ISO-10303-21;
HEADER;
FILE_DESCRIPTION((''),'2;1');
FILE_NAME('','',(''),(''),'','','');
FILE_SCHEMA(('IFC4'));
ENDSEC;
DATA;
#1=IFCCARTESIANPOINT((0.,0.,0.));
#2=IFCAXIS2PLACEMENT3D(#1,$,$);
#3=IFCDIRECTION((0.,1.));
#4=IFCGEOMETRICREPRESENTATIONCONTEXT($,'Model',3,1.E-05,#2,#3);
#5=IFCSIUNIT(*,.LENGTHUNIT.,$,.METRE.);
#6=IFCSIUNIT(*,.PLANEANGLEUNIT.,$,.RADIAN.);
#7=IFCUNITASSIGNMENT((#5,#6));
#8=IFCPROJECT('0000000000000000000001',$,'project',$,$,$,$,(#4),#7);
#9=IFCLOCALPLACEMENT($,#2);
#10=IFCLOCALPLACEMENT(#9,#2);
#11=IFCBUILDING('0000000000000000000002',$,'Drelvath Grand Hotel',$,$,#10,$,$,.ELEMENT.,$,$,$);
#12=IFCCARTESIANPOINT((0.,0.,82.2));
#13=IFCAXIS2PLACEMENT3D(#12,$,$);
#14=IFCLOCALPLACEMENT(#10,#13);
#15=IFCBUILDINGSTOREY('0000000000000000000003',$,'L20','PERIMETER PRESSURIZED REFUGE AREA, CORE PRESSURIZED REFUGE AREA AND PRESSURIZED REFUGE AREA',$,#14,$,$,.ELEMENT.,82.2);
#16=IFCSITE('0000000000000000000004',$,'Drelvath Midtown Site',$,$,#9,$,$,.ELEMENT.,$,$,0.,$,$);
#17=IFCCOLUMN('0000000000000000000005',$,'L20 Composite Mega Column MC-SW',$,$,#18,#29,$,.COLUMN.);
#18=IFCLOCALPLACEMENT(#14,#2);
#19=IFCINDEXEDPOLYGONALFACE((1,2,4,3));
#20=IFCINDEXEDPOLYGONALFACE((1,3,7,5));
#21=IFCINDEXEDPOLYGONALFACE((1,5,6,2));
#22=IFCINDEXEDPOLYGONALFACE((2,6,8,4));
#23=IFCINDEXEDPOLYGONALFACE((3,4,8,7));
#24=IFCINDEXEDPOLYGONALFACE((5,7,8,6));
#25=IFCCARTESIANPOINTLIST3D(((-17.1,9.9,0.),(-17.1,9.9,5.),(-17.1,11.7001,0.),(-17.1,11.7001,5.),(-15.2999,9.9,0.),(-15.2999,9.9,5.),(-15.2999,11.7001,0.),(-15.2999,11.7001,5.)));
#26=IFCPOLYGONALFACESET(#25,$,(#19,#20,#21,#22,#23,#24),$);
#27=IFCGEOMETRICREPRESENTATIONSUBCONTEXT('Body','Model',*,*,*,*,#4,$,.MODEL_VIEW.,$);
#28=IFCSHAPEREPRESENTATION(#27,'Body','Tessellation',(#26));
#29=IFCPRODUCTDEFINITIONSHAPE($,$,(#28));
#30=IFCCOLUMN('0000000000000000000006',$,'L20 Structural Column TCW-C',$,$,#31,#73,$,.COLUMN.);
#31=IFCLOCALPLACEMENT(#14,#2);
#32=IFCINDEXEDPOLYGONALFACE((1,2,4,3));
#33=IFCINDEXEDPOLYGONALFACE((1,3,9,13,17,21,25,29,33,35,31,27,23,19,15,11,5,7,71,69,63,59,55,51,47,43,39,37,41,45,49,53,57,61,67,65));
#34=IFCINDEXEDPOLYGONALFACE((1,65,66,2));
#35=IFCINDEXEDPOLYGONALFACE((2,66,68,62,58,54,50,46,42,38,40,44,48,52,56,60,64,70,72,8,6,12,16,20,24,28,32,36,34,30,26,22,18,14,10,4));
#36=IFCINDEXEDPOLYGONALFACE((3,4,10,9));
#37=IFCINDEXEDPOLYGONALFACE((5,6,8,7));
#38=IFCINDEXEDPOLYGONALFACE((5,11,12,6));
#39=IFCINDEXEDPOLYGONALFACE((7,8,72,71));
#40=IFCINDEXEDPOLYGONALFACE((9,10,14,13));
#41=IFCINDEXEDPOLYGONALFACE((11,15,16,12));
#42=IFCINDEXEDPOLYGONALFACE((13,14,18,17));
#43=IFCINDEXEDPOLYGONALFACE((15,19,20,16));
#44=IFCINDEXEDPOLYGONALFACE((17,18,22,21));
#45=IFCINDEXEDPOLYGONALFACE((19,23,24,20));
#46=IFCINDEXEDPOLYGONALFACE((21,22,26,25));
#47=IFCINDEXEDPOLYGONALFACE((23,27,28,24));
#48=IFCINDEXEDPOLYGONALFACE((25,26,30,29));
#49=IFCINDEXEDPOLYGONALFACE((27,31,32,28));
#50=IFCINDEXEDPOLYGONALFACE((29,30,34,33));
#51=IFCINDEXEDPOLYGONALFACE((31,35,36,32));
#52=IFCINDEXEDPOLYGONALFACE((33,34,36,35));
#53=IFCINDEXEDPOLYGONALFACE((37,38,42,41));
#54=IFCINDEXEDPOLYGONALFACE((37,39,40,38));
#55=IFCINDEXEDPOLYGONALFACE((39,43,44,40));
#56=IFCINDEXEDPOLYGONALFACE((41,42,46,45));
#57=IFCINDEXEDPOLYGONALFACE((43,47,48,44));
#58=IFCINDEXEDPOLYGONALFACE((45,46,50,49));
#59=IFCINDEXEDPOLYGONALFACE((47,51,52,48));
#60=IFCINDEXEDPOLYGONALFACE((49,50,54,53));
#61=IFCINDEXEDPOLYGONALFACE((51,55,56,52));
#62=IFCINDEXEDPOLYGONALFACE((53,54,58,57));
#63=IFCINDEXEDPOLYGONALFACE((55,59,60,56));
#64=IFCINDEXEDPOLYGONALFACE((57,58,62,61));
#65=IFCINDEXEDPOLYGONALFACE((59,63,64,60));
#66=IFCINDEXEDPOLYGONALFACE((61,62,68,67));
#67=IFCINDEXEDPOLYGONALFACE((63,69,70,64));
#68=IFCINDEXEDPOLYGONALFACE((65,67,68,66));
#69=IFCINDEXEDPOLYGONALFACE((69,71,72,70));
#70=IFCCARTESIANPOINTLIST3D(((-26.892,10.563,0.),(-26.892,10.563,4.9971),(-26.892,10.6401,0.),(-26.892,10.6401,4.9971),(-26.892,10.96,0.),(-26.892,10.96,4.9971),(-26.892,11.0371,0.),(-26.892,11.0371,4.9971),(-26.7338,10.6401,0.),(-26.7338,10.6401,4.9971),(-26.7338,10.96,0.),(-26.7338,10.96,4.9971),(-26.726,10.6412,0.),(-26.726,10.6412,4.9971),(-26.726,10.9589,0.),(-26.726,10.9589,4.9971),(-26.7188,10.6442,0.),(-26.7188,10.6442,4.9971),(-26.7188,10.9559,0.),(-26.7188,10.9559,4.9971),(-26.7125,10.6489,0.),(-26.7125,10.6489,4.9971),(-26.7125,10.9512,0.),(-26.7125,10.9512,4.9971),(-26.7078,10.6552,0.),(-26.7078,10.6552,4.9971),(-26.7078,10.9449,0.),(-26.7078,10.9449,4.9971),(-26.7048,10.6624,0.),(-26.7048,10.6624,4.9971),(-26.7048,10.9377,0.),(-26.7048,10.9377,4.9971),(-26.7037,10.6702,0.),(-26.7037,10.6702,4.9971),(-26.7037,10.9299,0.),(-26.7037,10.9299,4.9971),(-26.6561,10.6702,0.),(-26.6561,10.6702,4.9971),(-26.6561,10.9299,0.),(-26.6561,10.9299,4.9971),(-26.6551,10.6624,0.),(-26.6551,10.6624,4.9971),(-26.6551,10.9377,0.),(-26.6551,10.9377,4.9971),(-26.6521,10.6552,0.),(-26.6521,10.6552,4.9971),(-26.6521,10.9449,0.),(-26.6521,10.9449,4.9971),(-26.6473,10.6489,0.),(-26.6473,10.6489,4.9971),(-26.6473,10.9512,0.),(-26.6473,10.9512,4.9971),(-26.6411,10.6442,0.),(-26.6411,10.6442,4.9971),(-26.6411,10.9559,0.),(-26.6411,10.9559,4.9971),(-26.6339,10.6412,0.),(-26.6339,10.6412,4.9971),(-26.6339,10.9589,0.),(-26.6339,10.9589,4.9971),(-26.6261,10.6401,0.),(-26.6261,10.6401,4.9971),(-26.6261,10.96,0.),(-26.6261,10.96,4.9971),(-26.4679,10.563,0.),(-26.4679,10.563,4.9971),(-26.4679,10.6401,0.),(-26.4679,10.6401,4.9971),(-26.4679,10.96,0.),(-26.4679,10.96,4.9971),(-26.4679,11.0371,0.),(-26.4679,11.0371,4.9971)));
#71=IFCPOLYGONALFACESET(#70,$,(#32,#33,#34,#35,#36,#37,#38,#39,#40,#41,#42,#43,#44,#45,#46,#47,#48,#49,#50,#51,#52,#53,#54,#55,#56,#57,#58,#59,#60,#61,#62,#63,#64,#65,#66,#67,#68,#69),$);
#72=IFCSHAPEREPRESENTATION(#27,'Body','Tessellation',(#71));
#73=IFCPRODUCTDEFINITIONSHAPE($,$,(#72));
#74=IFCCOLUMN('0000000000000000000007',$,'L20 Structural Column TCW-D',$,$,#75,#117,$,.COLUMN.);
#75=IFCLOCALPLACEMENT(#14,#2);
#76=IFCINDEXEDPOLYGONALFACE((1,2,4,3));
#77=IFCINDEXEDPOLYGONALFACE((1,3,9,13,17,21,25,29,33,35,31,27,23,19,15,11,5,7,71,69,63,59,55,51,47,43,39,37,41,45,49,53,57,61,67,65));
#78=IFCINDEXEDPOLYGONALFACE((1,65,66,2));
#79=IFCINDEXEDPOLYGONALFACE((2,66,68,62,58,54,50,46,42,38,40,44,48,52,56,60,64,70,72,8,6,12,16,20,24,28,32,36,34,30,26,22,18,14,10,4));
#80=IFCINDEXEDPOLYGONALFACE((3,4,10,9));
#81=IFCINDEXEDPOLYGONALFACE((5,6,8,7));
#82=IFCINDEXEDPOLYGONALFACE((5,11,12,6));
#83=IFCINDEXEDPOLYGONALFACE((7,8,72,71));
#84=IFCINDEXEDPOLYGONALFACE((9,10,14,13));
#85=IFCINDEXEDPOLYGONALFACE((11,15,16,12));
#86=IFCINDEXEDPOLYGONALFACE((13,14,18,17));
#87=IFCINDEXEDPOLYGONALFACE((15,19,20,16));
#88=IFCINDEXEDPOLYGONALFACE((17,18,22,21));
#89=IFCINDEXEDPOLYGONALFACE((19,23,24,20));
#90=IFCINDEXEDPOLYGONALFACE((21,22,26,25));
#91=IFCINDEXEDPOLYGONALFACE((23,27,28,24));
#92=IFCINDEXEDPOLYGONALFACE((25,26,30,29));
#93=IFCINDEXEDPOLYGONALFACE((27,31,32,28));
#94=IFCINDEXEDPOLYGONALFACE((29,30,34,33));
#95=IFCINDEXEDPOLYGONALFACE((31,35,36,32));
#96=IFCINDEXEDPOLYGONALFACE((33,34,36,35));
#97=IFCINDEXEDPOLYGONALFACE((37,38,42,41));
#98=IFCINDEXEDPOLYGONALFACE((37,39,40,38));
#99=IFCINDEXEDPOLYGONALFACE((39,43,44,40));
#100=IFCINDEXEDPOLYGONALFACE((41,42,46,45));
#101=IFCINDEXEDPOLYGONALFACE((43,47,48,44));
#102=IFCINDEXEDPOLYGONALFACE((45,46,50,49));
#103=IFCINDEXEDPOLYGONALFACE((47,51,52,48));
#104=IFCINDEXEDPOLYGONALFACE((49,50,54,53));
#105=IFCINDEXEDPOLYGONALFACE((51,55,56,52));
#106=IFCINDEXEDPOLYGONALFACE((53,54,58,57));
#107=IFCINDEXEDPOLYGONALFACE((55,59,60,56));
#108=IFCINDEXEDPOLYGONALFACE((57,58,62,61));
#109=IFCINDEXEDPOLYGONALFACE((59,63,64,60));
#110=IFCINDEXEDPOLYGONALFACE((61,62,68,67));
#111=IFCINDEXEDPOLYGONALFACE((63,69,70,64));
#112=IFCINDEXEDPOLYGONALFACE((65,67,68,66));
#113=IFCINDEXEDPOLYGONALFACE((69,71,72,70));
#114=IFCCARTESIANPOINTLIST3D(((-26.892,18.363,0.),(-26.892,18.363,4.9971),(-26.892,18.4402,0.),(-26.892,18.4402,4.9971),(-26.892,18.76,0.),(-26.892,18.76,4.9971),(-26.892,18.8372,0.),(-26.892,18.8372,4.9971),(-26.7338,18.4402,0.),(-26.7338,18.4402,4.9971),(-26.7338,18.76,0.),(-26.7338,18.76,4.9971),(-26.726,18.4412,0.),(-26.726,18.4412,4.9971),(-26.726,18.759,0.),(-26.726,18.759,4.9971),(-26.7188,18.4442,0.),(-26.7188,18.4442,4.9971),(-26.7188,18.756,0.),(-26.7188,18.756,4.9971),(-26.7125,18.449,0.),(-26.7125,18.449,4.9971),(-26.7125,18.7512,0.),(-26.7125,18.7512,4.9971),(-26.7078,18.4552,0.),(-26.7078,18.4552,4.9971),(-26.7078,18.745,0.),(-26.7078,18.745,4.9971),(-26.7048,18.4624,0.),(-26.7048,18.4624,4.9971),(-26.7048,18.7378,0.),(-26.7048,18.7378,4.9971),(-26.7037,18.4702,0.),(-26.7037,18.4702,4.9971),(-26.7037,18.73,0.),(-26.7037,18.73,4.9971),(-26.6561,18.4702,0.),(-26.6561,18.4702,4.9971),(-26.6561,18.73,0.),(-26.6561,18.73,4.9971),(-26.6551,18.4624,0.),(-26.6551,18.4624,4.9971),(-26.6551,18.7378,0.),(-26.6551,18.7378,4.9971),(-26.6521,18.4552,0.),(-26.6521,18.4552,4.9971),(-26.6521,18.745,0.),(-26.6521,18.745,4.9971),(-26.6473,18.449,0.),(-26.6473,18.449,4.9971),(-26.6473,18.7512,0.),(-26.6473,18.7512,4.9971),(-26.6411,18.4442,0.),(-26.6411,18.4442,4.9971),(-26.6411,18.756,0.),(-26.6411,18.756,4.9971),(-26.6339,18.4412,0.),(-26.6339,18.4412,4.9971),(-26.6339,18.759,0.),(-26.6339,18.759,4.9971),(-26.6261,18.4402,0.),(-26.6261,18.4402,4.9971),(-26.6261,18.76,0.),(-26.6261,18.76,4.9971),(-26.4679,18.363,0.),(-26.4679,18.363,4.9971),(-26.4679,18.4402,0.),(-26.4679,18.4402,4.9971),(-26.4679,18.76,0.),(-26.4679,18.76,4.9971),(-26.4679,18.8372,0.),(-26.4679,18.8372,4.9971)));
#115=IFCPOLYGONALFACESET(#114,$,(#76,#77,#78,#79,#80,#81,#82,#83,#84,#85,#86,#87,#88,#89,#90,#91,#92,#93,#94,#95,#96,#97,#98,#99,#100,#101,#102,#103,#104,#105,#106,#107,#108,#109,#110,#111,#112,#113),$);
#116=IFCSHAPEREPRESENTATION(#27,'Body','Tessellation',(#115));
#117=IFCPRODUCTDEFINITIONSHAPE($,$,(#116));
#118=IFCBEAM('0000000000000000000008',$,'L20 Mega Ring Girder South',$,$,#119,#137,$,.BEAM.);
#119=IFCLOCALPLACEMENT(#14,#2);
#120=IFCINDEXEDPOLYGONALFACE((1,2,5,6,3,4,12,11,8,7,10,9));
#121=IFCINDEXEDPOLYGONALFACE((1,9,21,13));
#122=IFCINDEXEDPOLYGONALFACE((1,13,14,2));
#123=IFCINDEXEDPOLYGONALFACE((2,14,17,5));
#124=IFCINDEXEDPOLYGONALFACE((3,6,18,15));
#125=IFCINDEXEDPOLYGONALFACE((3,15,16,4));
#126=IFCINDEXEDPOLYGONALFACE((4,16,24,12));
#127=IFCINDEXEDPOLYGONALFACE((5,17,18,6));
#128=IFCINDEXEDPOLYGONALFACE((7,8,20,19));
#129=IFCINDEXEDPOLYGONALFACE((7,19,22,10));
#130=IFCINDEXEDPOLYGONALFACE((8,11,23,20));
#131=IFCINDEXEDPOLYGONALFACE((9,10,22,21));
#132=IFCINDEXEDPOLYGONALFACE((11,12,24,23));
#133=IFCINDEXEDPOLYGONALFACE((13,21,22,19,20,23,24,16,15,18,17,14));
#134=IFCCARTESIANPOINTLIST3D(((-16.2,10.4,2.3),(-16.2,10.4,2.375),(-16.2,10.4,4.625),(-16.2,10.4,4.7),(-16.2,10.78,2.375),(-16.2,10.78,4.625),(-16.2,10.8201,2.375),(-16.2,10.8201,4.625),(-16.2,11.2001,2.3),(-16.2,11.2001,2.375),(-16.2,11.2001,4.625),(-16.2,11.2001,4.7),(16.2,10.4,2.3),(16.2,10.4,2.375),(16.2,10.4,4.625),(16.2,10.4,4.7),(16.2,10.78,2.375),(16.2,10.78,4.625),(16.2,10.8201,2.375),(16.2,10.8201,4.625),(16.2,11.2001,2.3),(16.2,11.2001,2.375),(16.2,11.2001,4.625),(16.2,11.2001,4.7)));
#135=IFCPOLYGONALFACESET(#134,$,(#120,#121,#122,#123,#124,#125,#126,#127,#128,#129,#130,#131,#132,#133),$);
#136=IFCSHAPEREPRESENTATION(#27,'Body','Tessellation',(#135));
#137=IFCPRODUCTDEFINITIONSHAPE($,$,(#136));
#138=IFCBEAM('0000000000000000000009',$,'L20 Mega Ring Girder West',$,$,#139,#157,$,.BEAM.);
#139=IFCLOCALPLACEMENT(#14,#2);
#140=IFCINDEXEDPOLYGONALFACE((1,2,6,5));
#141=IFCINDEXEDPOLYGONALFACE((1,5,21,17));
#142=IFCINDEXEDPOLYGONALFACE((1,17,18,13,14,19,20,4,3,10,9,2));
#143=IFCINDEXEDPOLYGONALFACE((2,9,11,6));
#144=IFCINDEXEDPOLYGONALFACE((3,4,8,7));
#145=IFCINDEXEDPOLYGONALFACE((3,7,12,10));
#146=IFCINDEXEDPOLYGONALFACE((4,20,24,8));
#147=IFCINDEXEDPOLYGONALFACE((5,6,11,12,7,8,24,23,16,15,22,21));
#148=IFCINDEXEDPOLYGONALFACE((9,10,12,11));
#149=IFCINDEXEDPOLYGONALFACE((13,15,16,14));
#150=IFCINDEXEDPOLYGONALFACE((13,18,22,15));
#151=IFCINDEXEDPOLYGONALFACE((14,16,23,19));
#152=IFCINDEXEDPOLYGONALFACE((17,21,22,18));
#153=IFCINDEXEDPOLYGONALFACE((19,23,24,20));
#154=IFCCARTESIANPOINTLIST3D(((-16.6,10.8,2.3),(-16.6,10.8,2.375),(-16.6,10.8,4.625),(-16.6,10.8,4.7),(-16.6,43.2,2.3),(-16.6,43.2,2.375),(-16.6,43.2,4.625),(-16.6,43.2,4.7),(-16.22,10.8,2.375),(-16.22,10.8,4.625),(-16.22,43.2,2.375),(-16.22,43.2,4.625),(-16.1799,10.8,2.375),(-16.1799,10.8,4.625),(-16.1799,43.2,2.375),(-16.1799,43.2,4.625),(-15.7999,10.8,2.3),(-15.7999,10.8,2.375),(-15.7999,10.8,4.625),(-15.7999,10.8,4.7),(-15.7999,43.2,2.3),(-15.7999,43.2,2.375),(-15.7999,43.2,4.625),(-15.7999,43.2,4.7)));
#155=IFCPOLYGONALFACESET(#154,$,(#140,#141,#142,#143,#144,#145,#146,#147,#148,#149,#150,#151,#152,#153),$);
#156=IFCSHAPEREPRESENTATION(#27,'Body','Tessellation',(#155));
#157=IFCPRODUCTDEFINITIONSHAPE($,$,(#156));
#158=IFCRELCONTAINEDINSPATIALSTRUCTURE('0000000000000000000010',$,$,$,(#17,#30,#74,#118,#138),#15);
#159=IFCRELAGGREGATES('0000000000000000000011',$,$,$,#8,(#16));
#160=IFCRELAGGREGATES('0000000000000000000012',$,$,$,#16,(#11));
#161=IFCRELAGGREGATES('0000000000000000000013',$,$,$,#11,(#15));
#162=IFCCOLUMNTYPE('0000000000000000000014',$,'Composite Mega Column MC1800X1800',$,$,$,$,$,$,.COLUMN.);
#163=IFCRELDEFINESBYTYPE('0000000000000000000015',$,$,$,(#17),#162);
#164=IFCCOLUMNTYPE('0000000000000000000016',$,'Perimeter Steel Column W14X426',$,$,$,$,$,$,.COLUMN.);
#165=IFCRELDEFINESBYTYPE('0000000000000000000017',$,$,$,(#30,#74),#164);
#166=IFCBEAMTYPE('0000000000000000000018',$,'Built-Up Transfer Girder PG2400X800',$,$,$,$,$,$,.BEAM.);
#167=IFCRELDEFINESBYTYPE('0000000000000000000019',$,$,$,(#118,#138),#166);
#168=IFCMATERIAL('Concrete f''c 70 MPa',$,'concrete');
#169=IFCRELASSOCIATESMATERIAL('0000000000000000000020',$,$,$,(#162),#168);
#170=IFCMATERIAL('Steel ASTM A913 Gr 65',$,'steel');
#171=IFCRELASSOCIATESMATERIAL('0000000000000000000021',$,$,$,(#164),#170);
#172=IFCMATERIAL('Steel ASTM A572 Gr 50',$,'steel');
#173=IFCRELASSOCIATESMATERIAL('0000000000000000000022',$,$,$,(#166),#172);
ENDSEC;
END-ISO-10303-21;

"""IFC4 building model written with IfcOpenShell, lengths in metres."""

from ifc_helpers import new_model, si_unit, direction, frame, origin, origin_2d, place, context, subcontext, project, spatial, rectangle, i_section, extrude, material, material_profile, profile_set, type_object, element, save


model = new_model("IFC4")

# Units and contexts
model_context = context("Model", 3, precision=1e-05, world=origin(), true_north=direction((0.0, 1.0)))
body_context = subcontext(model_context, "Body", "Model", "MODEL_VIEW")
ifc_project = project(units=[si_unit("LENGTHUNIT", "METRE"), si_unit("PLANEANGLEUNIT", "RADIAN")], contexts=[model_context])

# Site, building, storey
site_placement = place(None, origin())
site = spatial("IfcSite", under=ifc_project, at=site_placement, Name="Drelvath Midtown Site", CompositionType="ELEMENT", RefElevation=0.0)
building_placement = place(site_placement, origin())
building = spatial("IfcBuilding", under=site, at=building_placement, Name="Drelvath Grand Hotel", CompositionType="ELEMENT")
storey_placement = place(building_placement, frame((0.0, 0.0, 82.2)))
storey = spatial("IfcBuildingStorey", under=building, at=storey_placement, Name="L20", Description="PERIMETER PRESSURIZED REFUGE AREA, CORE PRESSURIZED REFUGE AREA AND PRESSURIZED REFUGE AREA", CompositionType="ELEMENT", Elevation=82.2)

# Columns
ifc_material_1 = material(Name="Concrete f'c 70 MPa", Category="concrete")
ifc_material_profile_1 = material_profile(ifc_material_1, rectangle(XDim=1.8, YDim=1.8, at=origin_2d()), Name="MC1800X1800")
ifc_profile_set_1 = profile_set([ifc_material_profile_1], Name="Concrete f'c 70 MPa")
column_type_1 = type_object("IfcColumnType", Name="Composite Mega Column MC1800X1800", PredefinedType="COLUMN", material=ifc_profile_set_1)
column_placement = place(storey_placement, frame((-16.2, 10.8, 0.0), z_axis=(0.0, 0.0, 1.0), x_axis=(1.0, 0.0, 0.0)))
element("IfcColumn", 1, at=column_placement, inside=storey, type_object=column_type_1, Name="L20 Composite Mega Column MC-SW", PredefinedType="COLUMN", context=body_context, shape_type="SweptSolid", body=[
    extrude(rectangle(XDim=1.8, YDim=1.8, at=origin_2d()), origin(), (0.0, 0.0, 1.0), 5.0),
])
ifc_material_2 = material(Name="Steel ASTM A913 Gr 65", Category="steel")
ifc_material_profile_2 = material_profile(ifc_material_2, i_section(OverallWidth=0.4241, OverallDepth=0.4741, WebThickness=0.0476, FlangeThickness=0.0771, FilletRadius=0.03, at=origin_2d()), Name="W14X426")
ifc_profile_set_2 = profile_set([ifc_material_profile_2], Name="Steel ASTM A913 Gr 65")
column_type_2 = type_object("IfcColumnType", Name="Perimeter Steel Column W14X426", PredefinedType="COLUMN", material=ifc_profile_set_2)
for number, where, z_axis, x_axis, name in (
    (2, (-26.6799, 10.8, 0.0), (0.0, 0.0, 1.0), (1.0, 0.0, 0.0), "L20 Structural Column TCW-C"),
    (3, (-26.6799, 18.6001, 0.0), (0.0, 0.0, 1.0), (1.0, 0.0, 0.0), "L20 Structural Column TCW-D"),
):
    element("IfcColumn", number, at=place(storey_placement, frame(where, z_axis=z_axis, x_axis=x_axis)), inside=storey, type_object=column_type_2, Name=name, PredefinedType="COLUMN", context=body_context, shape_type="SweptSolid", body=[
        extrude(i_section(OverallWidth=0.4241, OverallDepth=0.4741, WebThickness=0.0476, FlangeThickness=0.0771, FilletRadius=0.03, at=origin_2d()), origin(), (0.0, 0.0, 1.0), 4.9971),
    ])

# Beams
ifc_material_3 = material(Name="Steel ASTM A572 Gr 50", Category="steel")
ifc_material_profile_3 = material_profile(ifc_material_3, i_section(OverallWidth=0.8, OverallDepth=2.3999, WebThickness=0.04, FlangeThickness=0.075, at=origin_2d()), Name="PG2400X800")
ifc_profile_set_3 = profile_set([ifc_material_profile_3], Name="Steel ASTM A572 Gr 50")
beam_type_1 = type_object("IfcBeamType", Name="Built-Up Transfer Girder PG2400X800", PredefinedType="BEAM", material=ifc_profile_set_3)
for number, where, z_axis, x_axis, name in (
    (4, (-16.2, 10.8, 3.5), (1.0, 0.0, 0.0), (0.0, 1.0, 0.0), "L20 Mega Ring Girder South"),
    (5, (-16.2, 10.8, 3.5), (0.0, 1.0, 0.0), (-1.0, 0.0, 0.0), "L20 Mega Ring Girder West"),
):
    element("IfcBeam", number, at=place(storey_placement, frame(where, z_axis=z_axis, x_axis=x_axis)), inside=storey, type_object=beam_type_1, Name=name, PredefinedType="BEAM", context=body_context, shape_type="SweptSolid", body=[
        extrude(i_section(OverallWidth=0.8, OverallDepth=2.3999, WebThickness=0.04, FlangeThickness=0.075, at=origin_2d()), origin(), (0.0, 0.0, 1.0), 32.3999),
    ])

save(model, "model.ifc")
